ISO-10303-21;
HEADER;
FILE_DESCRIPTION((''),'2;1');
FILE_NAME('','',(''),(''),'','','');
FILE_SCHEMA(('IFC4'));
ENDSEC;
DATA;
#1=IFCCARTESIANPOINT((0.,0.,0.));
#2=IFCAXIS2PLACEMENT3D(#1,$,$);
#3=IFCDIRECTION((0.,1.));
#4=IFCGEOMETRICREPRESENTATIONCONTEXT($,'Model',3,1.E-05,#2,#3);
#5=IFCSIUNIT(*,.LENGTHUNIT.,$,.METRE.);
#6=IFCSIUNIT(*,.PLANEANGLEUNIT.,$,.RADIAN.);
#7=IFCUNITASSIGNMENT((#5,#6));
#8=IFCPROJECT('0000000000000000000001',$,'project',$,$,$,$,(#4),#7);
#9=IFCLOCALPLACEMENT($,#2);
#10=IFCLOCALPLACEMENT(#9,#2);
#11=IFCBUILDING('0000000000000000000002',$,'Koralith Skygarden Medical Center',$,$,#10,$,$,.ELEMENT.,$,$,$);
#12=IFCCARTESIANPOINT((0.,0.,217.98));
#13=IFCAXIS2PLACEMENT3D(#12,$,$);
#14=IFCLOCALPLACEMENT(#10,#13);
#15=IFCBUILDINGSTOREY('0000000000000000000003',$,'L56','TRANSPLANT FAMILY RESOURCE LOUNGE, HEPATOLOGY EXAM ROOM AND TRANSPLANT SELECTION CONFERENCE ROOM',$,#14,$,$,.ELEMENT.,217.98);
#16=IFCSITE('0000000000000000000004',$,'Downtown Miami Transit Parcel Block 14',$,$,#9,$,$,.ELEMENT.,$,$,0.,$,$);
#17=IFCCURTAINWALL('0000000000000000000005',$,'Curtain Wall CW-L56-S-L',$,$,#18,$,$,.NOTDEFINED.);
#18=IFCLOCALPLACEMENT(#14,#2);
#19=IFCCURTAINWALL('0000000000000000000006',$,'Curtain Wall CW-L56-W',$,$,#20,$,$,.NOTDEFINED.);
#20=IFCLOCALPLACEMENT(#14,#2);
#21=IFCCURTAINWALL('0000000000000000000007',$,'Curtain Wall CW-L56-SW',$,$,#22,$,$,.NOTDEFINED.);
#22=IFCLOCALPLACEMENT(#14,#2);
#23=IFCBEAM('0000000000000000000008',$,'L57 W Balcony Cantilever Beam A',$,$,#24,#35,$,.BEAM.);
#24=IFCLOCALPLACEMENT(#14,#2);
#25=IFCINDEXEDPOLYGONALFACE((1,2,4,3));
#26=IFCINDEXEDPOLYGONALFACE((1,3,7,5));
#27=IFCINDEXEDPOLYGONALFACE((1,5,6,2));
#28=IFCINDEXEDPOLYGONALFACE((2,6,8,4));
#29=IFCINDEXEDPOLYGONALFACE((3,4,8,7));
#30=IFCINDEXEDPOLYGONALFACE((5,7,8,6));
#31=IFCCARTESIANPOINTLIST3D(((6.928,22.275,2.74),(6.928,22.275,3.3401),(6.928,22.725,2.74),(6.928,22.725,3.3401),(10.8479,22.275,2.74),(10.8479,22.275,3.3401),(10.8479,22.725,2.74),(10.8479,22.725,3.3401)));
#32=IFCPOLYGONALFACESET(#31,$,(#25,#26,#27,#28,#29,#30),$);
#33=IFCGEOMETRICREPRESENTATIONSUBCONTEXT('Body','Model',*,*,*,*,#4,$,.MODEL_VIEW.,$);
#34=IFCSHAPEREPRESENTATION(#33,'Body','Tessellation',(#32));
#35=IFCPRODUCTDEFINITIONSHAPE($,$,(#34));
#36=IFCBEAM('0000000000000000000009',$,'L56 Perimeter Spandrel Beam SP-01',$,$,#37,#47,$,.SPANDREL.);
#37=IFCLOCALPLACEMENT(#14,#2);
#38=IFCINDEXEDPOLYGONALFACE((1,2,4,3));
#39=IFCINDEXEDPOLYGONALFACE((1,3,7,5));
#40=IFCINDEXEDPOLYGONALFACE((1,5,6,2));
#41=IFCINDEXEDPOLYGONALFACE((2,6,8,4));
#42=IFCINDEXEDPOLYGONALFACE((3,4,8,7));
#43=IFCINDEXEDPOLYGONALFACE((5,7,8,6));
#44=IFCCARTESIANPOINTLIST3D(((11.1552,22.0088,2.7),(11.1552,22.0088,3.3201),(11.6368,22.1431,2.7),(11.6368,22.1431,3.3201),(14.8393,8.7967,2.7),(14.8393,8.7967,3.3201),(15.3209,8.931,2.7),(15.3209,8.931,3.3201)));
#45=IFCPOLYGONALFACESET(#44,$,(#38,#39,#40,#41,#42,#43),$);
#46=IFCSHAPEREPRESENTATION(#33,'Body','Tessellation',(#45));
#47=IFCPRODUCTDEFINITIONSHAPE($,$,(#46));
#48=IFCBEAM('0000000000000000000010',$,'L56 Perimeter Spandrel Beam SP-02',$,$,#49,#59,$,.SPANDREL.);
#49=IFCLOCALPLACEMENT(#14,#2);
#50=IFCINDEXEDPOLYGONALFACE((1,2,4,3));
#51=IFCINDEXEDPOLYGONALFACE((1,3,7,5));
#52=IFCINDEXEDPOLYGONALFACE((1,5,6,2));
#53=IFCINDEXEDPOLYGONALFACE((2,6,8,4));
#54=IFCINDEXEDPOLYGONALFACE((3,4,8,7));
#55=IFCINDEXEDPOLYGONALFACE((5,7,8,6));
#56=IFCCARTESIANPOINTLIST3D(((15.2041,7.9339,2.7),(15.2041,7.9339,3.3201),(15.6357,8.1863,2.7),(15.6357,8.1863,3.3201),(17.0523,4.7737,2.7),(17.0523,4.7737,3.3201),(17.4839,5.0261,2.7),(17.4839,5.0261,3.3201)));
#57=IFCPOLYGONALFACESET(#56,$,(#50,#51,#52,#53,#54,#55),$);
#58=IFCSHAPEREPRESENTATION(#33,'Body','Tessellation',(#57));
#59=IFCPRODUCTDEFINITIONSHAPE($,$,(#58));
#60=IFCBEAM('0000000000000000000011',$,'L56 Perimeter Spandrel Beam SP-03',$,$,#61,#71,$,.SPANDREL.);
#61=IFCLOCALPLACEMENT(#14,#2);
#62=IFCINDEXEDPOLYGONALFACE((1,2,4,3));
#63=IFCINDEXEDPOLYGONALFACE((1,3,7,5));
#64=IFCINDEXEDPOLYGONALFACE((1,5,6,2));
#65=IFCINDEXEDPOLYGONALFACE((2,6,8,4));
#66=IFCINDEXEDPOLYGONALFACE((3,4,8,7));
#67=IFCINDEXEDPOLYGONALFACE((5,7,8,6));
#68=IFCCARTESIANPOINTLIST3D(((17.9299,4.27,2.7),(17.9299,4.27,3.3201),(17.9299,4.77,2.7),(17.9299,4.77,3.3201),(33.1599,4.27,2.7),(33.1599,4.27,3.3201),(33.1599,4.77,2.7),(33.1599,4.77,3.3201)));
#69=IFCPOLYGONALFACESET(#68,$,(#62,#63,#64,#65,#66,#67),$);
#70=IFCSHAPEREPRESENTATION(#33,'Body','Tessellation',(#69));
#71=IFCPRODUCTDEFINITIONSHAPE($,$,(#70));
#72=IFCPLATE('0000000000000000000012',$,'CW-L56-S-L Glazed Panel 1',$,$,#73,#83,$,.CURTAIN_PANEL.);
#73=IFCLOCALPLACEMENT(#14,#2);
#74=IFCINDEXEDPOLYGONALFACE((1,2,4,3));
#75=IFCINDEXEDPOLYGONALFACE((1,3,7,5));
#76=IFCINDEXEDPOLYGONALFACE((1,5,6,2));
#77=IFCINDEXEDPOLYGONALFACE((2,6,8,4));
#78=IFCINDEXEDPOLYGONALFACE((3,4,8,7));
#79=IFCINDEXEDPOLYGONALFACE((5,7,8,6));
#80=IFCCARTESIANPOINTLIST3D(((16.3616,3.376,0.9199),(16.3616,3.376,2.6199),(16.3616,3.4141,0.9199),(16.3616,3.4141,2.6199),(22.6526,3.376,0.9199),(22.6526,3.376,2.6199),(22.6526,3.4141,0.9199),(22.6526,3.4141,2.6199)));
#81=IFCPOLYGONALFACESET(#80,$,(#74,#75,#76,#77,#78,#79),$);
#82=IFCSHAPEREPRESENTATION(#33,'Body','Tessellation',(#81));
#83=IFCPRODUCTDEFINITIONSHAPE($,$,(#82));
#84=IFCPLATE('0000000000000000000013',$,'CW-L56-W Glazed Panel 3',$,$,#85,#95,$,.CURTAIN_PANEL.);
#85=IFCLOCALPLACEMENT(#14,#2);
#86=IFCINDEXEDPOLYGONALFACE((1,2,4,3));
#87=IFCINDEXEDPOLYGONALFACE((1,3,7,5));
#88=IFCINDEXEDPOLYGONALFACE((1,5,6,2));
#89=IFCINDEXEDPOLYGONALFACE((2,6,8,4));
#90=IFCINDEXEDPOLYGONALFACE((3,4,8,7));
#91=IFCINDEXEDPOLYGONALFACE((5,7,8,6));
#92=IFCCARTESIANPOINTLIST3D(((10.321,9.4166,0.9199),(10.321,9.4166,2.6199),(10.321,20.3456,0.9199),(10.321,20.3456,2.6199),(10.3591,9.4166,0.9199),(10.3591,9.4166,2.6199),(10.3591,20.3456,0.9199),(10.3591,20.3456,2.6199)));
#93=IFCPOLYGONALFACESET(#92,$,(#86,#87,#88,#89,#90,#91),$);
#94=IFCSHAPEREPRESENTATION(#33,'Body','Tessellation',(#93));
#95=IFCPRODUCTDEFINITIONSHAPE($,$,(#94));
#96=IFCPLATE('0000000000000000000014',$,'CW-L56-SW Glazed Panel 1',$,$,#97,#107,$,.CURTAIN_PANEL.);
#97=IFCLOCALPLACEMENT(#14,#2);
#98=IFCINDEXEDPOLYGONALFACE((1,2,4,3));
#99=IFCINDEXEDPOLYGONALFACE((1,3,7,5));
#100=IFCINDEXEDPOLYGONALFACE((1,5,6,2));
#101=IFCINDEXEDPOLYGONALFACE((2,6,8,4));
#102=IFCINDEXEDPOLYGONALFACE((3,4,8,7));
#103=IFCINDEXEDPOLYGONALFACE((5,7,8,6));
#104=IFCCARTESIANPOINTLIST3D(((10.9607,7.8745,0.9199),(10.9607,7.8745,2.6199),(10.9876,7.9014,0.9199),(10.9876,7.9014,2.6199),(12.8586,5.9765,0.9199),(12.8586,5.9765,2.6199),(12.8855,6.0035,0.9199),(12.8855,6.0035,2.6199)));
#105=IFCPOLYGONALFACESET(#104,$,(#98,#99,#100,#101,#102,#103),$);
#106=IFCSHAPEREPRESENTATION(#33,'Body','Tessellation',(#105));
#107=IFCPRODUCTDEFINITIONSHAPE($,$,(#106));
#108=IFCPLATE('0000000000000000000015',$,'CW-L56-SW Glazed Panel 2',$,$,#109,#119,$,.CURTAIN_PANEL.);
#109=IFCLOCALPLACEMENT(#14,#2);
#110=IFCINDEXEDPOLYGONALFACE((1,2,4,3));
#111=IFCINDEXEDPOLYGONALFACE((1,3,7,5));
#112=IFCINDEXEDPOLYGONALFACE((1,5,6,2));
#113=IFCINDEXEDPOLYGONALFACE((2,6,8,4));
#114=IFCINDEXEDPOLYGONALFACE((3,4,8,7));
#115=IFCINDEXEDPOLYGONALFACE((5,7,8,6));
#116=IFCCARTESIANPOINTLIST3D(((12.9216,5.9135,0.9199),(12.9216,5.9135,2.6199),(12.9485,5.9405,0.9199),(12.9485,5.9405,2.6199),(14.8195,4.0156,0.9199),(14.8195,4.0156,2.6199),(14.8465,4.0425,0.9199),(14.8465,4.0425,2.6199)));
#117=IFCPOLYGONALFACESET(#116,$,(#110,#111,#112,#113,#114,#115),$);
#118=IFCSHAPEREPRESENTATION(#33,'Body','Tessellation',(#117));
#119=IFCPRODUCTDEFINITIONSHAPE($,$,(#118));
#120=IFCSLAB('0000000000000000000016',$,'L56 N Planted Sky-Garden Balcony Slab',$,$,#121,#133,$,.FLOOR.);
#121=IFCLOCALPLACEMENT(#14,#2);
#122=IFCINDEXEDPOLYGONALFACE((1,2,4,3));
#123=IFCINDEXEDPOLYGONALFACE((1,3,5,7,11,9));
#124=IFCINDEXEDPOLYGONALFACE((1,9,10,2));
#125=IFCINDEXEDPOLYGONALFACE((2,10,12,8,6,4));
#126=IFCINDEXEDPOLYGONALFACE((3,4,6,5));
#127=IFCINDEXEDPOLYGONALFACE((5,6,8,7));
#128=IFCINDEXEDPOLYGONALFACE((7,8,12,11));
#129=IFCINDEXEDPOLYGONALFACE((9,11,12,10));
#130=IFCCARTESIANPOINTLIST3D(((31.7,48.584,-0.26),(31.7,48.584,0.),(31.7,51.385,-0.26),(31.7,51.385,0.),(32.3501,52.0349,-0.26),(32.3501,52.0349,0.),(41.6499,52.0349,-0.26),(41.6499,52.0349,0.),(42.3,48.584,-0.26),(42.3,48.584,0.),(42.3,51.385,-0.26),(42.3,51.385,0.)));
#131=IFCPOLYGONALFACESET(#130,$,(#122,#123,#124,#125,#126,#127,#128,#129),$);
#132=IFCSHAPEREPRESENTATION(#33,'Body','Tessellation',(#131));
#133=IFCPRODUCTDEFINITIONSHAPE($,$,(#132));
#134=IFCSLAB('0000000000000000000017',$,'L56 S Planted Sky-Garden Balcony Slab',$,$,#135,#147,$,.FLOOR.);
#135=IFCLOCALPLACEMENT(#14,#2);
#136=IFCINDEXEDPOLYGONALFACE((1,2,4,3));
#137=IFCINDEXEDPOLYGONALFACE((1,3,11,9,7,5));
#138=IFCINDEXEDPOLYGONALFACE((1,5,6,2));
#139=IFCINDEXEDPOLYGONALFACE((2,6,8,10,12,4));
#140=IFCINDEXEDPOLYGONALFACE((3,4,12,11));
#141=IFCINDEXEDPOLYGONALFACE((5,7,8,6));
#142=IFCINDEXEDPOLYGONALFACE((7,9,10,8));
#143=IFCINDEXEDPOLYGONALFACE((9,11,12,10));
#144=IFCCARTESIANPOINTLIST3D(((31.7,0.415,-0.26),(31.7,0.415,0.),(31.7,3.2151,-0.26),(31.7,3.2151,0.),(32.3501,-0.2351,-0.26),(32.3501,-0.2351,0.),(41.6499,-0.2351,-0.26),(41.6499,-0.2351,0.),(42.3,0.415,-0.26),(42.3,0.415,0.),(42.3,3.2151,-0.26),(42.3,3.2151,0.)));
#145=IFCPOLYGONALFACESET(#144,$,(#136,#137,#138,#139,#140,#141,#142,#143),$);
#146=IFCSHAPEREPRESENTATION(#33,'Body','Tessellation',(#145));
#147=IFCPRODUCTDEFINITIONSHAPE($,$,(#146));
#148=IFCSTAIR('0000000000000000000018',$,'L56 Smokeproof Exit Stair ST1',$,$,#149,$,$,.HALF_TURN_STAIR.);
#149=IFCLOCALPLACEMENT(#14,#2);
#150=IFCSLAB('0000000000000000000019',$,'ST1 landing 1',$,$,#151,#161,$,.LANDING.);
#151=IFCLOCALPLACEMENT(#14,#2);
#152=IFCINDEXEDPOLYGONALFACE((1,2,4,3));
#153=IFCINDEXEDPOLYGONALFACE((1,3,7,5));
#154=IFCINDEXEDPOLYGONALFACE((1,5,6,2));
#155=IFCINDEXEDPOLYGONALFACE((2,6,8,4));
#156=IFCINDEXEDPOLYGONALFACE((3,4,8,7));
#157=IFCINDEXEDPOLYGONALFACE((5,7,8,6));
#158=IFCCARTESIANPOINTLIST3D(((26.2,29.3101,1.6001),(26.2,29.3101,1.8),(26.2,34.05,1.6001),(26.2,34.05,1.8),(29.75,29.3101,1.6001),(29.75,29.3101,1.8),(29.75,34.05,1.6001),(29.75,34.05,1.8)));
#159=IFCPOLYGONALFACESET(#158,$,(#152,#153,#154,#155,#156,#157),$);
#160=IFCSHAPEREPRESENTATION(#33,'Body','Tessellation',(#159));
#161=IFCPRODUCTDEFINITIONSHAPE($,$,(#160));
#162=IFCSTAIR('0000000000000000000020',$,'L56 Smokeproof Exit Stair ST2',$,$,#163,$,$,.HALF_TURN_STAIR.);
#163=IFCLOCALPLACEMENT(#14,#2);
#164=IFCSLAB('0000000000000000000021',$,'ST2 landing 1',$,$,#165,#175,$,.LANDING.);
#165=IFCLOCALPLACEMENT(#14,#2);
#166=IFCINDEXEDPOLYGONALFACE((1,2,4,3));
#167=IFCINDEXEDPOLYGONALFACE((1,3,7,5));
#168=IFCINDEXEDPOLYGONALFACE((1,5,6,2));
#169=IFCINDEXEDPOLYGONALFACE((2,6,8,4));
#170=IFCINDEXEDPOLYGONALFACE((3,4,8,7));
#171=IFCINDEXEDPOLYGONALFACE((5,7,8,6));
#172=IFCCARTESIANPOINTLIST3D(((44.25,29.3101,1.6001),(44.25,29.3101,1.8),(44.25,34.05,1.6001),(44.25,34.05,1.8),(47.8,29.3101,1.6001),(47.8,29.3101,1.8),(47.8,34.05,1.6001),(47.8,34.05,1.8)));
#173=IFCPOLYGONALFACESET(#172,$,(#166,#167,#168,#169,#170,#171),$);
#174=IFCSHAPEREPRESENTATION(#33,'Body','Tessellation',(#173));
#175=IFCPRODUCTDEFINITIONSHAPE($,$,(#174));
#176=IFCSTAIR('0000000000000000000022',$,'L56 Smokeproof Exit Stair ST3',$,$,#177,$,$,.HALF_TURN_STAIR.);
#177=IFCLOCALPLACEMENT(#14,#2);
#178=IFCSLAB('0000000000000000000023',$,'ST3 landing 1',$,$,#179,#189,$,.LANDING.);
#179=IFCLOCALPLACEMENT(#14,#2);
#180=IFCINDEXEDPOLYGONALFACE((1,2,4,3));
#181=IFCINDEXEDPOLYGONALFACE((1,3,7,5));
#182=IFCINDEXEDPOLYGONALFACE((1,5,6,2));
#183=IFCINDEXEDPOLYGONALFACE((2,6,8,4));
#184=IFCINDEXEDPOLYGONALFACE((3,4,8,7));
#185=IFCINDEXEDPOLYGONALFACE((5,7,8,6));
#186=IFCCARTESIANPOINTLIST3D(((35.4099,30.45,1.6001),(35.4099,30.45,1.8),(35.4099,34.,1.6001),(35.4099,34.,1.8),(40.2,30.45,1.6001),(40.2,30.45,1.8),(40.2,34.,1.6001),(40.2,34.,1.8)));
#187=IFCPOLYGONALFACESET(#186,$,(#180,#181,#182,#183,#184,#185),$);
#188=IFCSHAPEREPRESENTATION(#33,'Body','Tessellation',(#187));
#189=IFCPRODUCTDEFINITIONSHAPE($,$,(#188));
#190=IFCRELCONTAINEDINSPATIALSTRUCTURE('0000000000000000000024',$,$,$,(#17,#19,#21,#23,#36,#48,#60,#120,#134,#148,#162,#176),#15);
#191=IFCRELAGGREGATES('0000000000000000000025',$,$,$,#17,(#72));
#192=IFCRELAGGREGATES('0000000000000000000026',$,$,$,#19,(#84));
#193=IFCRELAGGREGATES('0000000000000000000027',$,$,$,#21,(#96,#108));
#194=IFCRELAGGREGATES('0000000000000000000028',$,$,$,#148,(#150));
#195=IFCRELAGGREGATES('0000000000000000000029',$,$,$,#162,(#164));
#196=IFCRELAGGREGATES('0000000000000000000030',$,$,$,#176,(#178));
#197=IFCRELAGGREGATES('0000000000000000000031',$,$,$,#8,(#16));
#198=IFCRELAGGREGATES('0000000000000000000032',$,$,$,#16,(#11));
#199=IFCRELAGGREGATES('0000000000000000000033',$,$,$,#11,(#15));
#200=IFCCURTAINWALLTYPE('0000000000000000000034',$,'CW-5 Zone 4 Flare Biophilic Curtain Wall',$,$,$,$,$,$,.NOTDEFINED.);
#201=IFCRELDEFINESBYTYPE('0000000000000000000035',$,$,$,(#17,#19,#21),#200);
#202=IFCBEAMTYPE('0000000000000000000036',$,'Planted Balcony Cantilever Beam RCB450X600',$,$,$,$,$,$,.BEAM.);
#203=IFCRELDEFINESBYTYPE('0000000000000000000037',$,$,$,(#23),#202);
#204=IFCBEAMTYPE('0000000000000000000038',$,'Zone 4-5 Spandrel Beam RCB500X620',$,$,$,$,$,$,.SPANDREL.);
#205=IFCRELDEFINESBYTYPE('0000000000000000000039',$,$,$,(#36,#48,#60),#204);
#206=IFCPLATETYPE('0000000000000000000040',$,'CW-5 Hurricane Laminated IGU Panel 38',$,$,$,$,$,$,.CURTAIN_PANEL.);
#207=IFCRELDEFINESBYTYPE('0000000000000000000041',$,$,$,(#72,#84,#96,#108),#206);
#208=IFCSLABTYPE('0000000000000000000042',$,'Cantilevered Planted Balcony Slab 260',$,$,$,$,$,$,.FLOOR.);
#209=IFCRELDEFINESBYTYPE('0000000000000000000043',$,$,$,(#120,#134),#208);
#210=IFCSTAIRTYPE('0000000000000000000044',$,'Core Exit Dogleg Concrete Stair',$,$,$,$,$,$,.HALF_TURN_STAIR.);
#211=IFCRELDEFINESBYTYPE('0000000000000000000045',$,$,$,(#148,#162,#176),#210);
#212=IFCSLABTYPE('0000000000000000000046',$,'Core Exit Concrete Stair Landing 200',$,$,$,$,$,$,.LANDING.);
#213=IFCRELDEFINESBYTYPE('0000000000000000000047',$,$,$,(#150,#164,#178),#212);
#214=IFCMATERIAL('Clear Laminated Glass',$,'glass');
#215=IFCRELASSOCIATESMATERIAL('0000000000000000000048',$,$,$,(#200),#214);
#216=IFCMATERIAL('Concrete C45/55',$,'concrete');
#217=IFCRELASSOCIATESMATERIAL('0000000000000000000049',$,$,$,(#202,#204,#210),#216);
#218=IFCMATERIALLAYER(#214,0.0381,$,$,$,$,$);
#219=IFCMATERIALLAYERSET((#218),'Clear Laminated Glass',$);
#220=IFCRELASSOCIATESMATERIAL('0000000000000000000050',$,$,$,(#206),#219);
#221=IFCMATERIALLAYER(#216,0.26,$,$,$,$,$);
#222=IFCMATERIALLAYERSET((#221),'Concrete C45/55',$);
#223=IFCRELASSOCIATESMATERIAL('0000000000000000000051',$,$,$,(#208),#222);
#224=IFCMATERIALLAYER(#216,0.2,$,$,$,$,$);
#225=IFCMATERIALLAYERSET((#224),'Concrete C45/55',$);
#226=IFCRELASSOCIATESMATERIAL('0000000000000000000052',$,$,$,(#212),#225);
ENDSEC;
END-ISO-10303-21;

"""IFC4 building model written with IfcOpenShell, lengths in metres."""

from ifc_helpers import new_model, si_unit, direction, frame, origin, origin_2d, place, context, subcontext, project, spatial, polyline, rectangle, outline, extrude, material, layer, layer_set, material_profile, profile_set, type_object, element, aggregate, save


model = new_model("IFC4")

# Units and contexts
model_context = context("Model", 3, precision=1e-05, world=origin(), true_north=direction((0.0, 1.0)))
body_context = subcontext(model_context, "Body", "Model", "MODEL_VIEW")
ifc_project = project(units=[si_unit("LENGTHUNIT", "METRE"), si_unit("PLANEANGLEUNIT", "RADIAN")], contexts=[model_context])

# Site, building, storey
site_placement = place(None, origin())
site = spatial("IfcSite", under=ifc_project, at=site_placement, Name="Downtown Miami Transit Parcel Block 14", CompositionType="ELEMENT", RefElevation=0.0)
building_placement = place(site_placement, origin())
building = spatial("IfcBuilding", under=site, at=building_placement, Name="Koralith Skygarden Medical Center", CompositionType="ELEMENT")
storey_placement = place(building_placement, frame((0.0, 0.0, 217.98)))
storey = spatial("IfcBuildingStorey", under=building, at=storey_placement, Name="L56", Description="TRANSPLANT FAMILY RESOURCE LOUNGE, HEPATOLOGY EXAM ROOM AND TRANSPLANT SELECTION CONFERENCE ROOM", CompositionType="ELEMENT", Elevation=217.98)

# Curtain wall
ifc_material_1 = material(Name="Clear Laminated Glass", Category="glass")
curtain_wall_type = type_object("IfcCurtainWallType", Name="CW-5 Zone 4 Flare Biophilic Curtain Wall", PredefinedType="NOTDEFINED", material=ifc_material_1)
curtain_wall_1_placement = place(storey_placement, origin())
curtain_wall_1 = element("IfcCurtainWall", 1, at=curtain_wall_1_placement, inside=storey, type_object=curtain_wall_type, Name="Curtain Wall CW-L56-S-L", PredefinedType="NOTDEFINED")

# Curtain walls
curtain_wall_2_placement = place(storey_placement, origin())
curtain_wall_2 = element("IfcCurtainWall", 2, at=curtain_wall_2_placement, inside=storey, type_object=curtain_wall_type, Name="Curtain Wall CW-L56-W", PredefinedType="NOTDEFINED")
curtain_wall_3_placement = place(storey_placement, origin())
curtain_wall_3 = element("IfcCurtainWall", 3, at=curtain_wall_3_placement, inside=storey, type_object=curtain_wall_type, Name="Curtain Wall CW-L56-SW", PredefinedType="NOTDEFINED")

# Beams
ifc_material_2 = material(Name="Concrete C45/55", Category="concrete")
ifc_material_profile_1 = material_profile(ifc_material_2, rectangle(XDim=0.45, YDim=0.6001, at=origin_2d()), Name="RCB450X600")
ifc_profile_set_1 = profile_set([ifc_material_profile_1], Name="Concrete C45/55")
beam_type_1 = type_object("IfcBeamType", Name="Planted Balcony Cantilever Beam RCB450X600", PredefinedType="BEAM", material=ifc_profile_set_1)
beam_1_placement = place(storey_placement, frame((10.8479, 22.5, 3.04), z_axis=(-1.0, 0.0, 0.0), x_axis=(0.0, -1.0, 0.0)))
element("IfcBeam", 4, at=beam_1_placement, inside=storey, type_object=beam_type_1, Name="L57 W Balcony Cantilever Beam A", PredefinedType="BEAM", context=body_context, shape_type="SweptSolid", body=[
    extrude(rectangle(XDim=0.45, YDim=0.6001, at=origin_2d()), origin(), (0.0, 0.0, 1.0), 3.9199),
])
ifc_material_profile_2 = material_profile(ifc_material_2, rectangle(XDim=0.5, YDim=0.6201, at=origin_2d()), Name="RCB500X620")
ifc_profile_set_2 = profile_set([ifc_material_profile_2], Name="Concrete C45/55")
beam_type_2 = type_object("IfcBeamType", Name="Zone 4-5 Spandrel Beam RCB500X620", PredefinedType="SPANDREL", material=ifc_profile_set_2)
beam_2_placement = place(storey_placement, frame((11.396, 22.0759, 3.01), z_axis=(0.268598, -0.963252, 0.0), x_axis=(0.963252, 0.268598, 0.0)))
element("IfcBeam", 5, at=beam_2_placement, inside=storey, type_object=beam_type_2, Name="L56 Perimeter Spandrel Beam SP-01", PredefinedType="SPANDREL", context=body_context, shape_type="SweptSolid", body=[
    extrude(rectangle(XDim=0.5, YDim=0.6201, at=origin_2d()), origin(), (0.0, 0.0, 1.0), 13.7161),
])
beam_3_placement = place(storey_placement, frame((15.4199, 8.0601, 3.01), z_axis=(0.504833, -0.863217, 0.0), x_axis=(0.863217, 0.504833, 0.0)))
element("IfcBeam", 6, at=beam_3_placement, inside=storey, type_object=beam_type_2, Name="L56 Perimeter Spandrel Beam SP-02", PredefinedType="SPANDREL", context=body_context, shape_type="SweptSolid", body=[
    extrude(rectangle(XDim=0.5, YDim=0.6201, at=origin_2d()), origin(), (0.0, 0.0, 1.0), 3.6609),
])
beam_4_placement = place(storey_placement, frame((17.9299, 4.52, 3.01), z_axis=(1.0, 0.0, 0.0), x_axis=(0.0, 1.0, 0.0)))
element("IfcBeam", 7, at=beam_4_placement, inside=storey, type_object=beam_type_2, Name="L56 Perimeter Spandrel Beam SP-03", PredefinedType="SPANDREL", context=body_context, shape_type="SweptSolid", body=[
    extrude(rectangle(XDim=0.5, YDim=0.6201, at=origin_2d()), origin(), (0.0, 0.0, 1.0), 15.23),
])

# Plates
ifc_layer_1 = layer(ifc_material_1, 0.0381)
ifc_layer_set_1 = layer_set([ifc_layer_1], Name="Clear Laminated Glass")
plate_type_1 = type_object("IfcPlateType", Name="CW-5 Hurricane Laminated IGU Panel 38", PredefinedType="CURTAIN_PANEL", material=ifc_layer_set_1)
plate_1_placement = place(storey_placement, frame((19.5071, 3.395, 0.9199), z_axis=(0.0, 0.0, 1.0), x_axis=(1.0, 0.0, 0.0)))
plate_1 = element("IfcPlate", 8, at=plate_1_placement, type_object=plate_type_1, Name="CW-L56-S-L Glazed Panel 1", PredefinedType="CURTAIN_PANEL", context=body_context, shape_type="SweptSolid", body=[
    extrude(rectangle(XDim=6.291, YDim=0.0381, at=origin_2d()), origin(), (0.0, 0.0, 1.0), 1.7),
])
aggregate(curtain_wall_1, [plate_1])
plate_2_placement = place(storey_placement, frame((10.3401, 14.8811, 0.9199), z_axis=(0.0, 0.0, 1.0), x_axis=(0.0, -1.0, 0.0)))
plate_2 = element("IfcPlate", 9, at=plate_2_placement, type_object=plate_type_1, Name="CW-L56-W Glazed Panel 3", PredefinedType="CURTAIN_PANEL", context=body_context, shape_type="SweptSolid", body=[
    extrude(rectangle(XDim=10.929, YDim=0.0381, at=origin_2d()), origin(), (0.0, 0.0, 1.0), 1.7),
])
aggregate(curtain_wall_2, [plate_2])
plate_3_placement = place(storey_placement, frame((11.9231, 6.939, 0.9199), z_axis=(0.0, 0.0, 1.0), x_axis=(0.707107, -0.707107, 0.0)))
plate_3 = element("IfcPlate", 10, at=plate_3_placement, type_object=plate_type_1, Name="CW-L56-SW Glazed Panel 1", PredefinedType="CURTAIN_PANEL", context=body_context, shape_type="SweptSolid", body=[
    extrude(rectangle(XDim=2.6841, YDim=0.0381, at=origin_2d()), origin(), (0.0, 0.0, 1.0), 1.7),
])
plate_4_placement = place(storey_placement, frame((13.884, 4.978, 0.9199), z_axis=(0.0, 0.0, 1.0), x_axis=(0.707107, -0.707107, 0.0)))
plate_4 = element("IfcPlate", 11, at=plate_4_placement, type_object=plate_type_1, Name="CW-L56-SW Glazed Panel 2", PredefinedType="CURTAIN_PANEL", context=body_context, shape_type="SweptSolid", body=[
    extrude(rectangle(XDim=2.6841, YDim=0.0381, at=origin_2d()), origin(), (0.0, 0.0, 1.0), 1.7),
])
aggregate(curtain_wall_3, [plate_3, plate_4])

# Slabs
ifc_layer_2 = layer(ifc_material_2, 0.26)
ifc_layer_set_2 = layer_set([ifc_layer_2], Name="Concrete C45/55")
slab_type_1 = type_object("IfcSlabType", Name="Cantilevered Planted Balcony Slab 260", PredefinedType="FLOOR", material=ifc_layer_set_2)
slab_1_placement = place(storey_placement, frame((0.0, 0.0, -0.26)))
element("IfcSlab", 12, at=slab_1_placement, inside=storey, type_object=slab_type_1, Name="L56 N Planted Sky-Garden Balcony Slab", PredefinedType="FLOOR", context=body_context, shape_type="SweptSolid", body=[
    extrude(outline(polyline([(31.7, 48.584), (42.3, 48.584), (42.3, 51.385), (41.6499, 52.0349), (32.3501, 52.0349), (31.7, 51.385), (31.7, 48.584)])), origin(), (0.0, 0.0, 1.0), 0.26),
])
slab_2_placement = place(storey_placement, frame((0.0, 0.0, -0.26)))
element("IfcSlab", 13, at=slab_2_placement, inside=storey, type_object=slab_type_1, Name="L56 S Planted Sky-Garden Balcony Slab", PredefinedType="FLOOR", context=body_context, shape_type="SweptSolid", body=[
    extrude(outline(polyline([(32.3501, -0.2351), (41.6499, -0.2351), (42.3, 0.415), (42.3, 3.2151), (31.7, 3.2151), (31.7, 0.415), (32.3501, -0.2351)])), origin(), (0.0, 0.0, 1.0), 0.26),
])

# Stairs, slabs
stair_type = type_object("IfcStairType", Name="Core Exit Dogleg Concrete Stair", PredefinedType="HALF_TURN_STAIR", material=ifc_material_2)
stair_1_placement = place(storey_placement, origin())
stair_1 = element("IfcStair", 14, at=stair_1_placement, inside=storey, type_object=stair_type, Name="L56 Smokeproof Exit Stair ST1", PredefinedType="HALF_TURN_STAIR")
ifc_layer_3 = layer(ifc_material_2, 0.2)
ifc_layer_set_3 = layer_set([ifc_layer_3], Name="Concrete C45/55")
slab_type_2 = type_object("IfcSlabType", Name="Core Exit Concrete Stair Landing 200", PredefinedType="LANDING", material=ifc_layer_set_3)
slab_3_placement = place(storey_placement, frame((0.0, 0.0, 1.6001)))
slab_3 = element("IfcSlab", 15, at=slab_3_placement, type_object=slab_type_2, Name="ST1 landing 1", PredefinedType="LANDING", context=body_context, shape_type="SweptSolid", body=[
    extrude(outline(polyline([(29.75, 29.3101), (29.75, 34.05), (26.2, 34.05), (26.2, 29.3101), (29.75, 29.3101)])), origin(), (0.0, 0.0, 1.0), 0.2),
])
aggregate(stair_1, [slab_3])
stair_2_placement = place(storey_placement, origin())
stair_2 = element("IfcStair", 16, at=stair_2_placement, inside=storey, type_object=stair_type, Name="L56 Smokeproof Exit Stair ST2", PredefinedType="HALF_TURN_STAIR")
slab_4_placement = place(storey_placement, frame((0.0, 0.0, 1.6001)))
slab_4 = element("IfcSlab", 17, at=slab_4_placement, type_object=slab_type_2, Name="ST2 landing 1", PredefinedType="LANDING", context=body_context, shape_type="SweptSolid", body=[
    extrude(outline(polyline([(47.8, 29.3101), (47.8, 34.05), (44.25, 34.05), (44.25, 29.3101), (47.8, 29.3101)])), origin(), (0.0, 0.0, 1.0), 0.2),
])
aggregate(stair_2, [slab_4])
stair_3_placement = place(storey_placement, origin())
stair_3 = element("IfcStair", 18, at=stair_3_placement, inside=storey, type_object=stair_type, Name="L56 Smokeproof Exit Stair ST3", PredefinedType="HALF_TURN_STAIR")
slab_5_placement = place(storey_placement, frame((0.0, 0.0, 1.6001)))
slab_5 = element("IfcSlab", 19, at=slab_5_placement, type_object=slab_type_2, Name="ST3 landing 1", PredefinedType="LANDING", context=body_context, shape_type="SweptSolid", body=[
    extrude(outline(polyline([(35.4099, 30.45), (40.2, 30.45), (40.2, 34.0), (35.4099, 34.0), (35.4099, 30.45)])), origin(), (0.0, 0.0, 1.0), 0.2),
])
aggregate(stair_3, [slab_5])

save(model, "model.ifc")
